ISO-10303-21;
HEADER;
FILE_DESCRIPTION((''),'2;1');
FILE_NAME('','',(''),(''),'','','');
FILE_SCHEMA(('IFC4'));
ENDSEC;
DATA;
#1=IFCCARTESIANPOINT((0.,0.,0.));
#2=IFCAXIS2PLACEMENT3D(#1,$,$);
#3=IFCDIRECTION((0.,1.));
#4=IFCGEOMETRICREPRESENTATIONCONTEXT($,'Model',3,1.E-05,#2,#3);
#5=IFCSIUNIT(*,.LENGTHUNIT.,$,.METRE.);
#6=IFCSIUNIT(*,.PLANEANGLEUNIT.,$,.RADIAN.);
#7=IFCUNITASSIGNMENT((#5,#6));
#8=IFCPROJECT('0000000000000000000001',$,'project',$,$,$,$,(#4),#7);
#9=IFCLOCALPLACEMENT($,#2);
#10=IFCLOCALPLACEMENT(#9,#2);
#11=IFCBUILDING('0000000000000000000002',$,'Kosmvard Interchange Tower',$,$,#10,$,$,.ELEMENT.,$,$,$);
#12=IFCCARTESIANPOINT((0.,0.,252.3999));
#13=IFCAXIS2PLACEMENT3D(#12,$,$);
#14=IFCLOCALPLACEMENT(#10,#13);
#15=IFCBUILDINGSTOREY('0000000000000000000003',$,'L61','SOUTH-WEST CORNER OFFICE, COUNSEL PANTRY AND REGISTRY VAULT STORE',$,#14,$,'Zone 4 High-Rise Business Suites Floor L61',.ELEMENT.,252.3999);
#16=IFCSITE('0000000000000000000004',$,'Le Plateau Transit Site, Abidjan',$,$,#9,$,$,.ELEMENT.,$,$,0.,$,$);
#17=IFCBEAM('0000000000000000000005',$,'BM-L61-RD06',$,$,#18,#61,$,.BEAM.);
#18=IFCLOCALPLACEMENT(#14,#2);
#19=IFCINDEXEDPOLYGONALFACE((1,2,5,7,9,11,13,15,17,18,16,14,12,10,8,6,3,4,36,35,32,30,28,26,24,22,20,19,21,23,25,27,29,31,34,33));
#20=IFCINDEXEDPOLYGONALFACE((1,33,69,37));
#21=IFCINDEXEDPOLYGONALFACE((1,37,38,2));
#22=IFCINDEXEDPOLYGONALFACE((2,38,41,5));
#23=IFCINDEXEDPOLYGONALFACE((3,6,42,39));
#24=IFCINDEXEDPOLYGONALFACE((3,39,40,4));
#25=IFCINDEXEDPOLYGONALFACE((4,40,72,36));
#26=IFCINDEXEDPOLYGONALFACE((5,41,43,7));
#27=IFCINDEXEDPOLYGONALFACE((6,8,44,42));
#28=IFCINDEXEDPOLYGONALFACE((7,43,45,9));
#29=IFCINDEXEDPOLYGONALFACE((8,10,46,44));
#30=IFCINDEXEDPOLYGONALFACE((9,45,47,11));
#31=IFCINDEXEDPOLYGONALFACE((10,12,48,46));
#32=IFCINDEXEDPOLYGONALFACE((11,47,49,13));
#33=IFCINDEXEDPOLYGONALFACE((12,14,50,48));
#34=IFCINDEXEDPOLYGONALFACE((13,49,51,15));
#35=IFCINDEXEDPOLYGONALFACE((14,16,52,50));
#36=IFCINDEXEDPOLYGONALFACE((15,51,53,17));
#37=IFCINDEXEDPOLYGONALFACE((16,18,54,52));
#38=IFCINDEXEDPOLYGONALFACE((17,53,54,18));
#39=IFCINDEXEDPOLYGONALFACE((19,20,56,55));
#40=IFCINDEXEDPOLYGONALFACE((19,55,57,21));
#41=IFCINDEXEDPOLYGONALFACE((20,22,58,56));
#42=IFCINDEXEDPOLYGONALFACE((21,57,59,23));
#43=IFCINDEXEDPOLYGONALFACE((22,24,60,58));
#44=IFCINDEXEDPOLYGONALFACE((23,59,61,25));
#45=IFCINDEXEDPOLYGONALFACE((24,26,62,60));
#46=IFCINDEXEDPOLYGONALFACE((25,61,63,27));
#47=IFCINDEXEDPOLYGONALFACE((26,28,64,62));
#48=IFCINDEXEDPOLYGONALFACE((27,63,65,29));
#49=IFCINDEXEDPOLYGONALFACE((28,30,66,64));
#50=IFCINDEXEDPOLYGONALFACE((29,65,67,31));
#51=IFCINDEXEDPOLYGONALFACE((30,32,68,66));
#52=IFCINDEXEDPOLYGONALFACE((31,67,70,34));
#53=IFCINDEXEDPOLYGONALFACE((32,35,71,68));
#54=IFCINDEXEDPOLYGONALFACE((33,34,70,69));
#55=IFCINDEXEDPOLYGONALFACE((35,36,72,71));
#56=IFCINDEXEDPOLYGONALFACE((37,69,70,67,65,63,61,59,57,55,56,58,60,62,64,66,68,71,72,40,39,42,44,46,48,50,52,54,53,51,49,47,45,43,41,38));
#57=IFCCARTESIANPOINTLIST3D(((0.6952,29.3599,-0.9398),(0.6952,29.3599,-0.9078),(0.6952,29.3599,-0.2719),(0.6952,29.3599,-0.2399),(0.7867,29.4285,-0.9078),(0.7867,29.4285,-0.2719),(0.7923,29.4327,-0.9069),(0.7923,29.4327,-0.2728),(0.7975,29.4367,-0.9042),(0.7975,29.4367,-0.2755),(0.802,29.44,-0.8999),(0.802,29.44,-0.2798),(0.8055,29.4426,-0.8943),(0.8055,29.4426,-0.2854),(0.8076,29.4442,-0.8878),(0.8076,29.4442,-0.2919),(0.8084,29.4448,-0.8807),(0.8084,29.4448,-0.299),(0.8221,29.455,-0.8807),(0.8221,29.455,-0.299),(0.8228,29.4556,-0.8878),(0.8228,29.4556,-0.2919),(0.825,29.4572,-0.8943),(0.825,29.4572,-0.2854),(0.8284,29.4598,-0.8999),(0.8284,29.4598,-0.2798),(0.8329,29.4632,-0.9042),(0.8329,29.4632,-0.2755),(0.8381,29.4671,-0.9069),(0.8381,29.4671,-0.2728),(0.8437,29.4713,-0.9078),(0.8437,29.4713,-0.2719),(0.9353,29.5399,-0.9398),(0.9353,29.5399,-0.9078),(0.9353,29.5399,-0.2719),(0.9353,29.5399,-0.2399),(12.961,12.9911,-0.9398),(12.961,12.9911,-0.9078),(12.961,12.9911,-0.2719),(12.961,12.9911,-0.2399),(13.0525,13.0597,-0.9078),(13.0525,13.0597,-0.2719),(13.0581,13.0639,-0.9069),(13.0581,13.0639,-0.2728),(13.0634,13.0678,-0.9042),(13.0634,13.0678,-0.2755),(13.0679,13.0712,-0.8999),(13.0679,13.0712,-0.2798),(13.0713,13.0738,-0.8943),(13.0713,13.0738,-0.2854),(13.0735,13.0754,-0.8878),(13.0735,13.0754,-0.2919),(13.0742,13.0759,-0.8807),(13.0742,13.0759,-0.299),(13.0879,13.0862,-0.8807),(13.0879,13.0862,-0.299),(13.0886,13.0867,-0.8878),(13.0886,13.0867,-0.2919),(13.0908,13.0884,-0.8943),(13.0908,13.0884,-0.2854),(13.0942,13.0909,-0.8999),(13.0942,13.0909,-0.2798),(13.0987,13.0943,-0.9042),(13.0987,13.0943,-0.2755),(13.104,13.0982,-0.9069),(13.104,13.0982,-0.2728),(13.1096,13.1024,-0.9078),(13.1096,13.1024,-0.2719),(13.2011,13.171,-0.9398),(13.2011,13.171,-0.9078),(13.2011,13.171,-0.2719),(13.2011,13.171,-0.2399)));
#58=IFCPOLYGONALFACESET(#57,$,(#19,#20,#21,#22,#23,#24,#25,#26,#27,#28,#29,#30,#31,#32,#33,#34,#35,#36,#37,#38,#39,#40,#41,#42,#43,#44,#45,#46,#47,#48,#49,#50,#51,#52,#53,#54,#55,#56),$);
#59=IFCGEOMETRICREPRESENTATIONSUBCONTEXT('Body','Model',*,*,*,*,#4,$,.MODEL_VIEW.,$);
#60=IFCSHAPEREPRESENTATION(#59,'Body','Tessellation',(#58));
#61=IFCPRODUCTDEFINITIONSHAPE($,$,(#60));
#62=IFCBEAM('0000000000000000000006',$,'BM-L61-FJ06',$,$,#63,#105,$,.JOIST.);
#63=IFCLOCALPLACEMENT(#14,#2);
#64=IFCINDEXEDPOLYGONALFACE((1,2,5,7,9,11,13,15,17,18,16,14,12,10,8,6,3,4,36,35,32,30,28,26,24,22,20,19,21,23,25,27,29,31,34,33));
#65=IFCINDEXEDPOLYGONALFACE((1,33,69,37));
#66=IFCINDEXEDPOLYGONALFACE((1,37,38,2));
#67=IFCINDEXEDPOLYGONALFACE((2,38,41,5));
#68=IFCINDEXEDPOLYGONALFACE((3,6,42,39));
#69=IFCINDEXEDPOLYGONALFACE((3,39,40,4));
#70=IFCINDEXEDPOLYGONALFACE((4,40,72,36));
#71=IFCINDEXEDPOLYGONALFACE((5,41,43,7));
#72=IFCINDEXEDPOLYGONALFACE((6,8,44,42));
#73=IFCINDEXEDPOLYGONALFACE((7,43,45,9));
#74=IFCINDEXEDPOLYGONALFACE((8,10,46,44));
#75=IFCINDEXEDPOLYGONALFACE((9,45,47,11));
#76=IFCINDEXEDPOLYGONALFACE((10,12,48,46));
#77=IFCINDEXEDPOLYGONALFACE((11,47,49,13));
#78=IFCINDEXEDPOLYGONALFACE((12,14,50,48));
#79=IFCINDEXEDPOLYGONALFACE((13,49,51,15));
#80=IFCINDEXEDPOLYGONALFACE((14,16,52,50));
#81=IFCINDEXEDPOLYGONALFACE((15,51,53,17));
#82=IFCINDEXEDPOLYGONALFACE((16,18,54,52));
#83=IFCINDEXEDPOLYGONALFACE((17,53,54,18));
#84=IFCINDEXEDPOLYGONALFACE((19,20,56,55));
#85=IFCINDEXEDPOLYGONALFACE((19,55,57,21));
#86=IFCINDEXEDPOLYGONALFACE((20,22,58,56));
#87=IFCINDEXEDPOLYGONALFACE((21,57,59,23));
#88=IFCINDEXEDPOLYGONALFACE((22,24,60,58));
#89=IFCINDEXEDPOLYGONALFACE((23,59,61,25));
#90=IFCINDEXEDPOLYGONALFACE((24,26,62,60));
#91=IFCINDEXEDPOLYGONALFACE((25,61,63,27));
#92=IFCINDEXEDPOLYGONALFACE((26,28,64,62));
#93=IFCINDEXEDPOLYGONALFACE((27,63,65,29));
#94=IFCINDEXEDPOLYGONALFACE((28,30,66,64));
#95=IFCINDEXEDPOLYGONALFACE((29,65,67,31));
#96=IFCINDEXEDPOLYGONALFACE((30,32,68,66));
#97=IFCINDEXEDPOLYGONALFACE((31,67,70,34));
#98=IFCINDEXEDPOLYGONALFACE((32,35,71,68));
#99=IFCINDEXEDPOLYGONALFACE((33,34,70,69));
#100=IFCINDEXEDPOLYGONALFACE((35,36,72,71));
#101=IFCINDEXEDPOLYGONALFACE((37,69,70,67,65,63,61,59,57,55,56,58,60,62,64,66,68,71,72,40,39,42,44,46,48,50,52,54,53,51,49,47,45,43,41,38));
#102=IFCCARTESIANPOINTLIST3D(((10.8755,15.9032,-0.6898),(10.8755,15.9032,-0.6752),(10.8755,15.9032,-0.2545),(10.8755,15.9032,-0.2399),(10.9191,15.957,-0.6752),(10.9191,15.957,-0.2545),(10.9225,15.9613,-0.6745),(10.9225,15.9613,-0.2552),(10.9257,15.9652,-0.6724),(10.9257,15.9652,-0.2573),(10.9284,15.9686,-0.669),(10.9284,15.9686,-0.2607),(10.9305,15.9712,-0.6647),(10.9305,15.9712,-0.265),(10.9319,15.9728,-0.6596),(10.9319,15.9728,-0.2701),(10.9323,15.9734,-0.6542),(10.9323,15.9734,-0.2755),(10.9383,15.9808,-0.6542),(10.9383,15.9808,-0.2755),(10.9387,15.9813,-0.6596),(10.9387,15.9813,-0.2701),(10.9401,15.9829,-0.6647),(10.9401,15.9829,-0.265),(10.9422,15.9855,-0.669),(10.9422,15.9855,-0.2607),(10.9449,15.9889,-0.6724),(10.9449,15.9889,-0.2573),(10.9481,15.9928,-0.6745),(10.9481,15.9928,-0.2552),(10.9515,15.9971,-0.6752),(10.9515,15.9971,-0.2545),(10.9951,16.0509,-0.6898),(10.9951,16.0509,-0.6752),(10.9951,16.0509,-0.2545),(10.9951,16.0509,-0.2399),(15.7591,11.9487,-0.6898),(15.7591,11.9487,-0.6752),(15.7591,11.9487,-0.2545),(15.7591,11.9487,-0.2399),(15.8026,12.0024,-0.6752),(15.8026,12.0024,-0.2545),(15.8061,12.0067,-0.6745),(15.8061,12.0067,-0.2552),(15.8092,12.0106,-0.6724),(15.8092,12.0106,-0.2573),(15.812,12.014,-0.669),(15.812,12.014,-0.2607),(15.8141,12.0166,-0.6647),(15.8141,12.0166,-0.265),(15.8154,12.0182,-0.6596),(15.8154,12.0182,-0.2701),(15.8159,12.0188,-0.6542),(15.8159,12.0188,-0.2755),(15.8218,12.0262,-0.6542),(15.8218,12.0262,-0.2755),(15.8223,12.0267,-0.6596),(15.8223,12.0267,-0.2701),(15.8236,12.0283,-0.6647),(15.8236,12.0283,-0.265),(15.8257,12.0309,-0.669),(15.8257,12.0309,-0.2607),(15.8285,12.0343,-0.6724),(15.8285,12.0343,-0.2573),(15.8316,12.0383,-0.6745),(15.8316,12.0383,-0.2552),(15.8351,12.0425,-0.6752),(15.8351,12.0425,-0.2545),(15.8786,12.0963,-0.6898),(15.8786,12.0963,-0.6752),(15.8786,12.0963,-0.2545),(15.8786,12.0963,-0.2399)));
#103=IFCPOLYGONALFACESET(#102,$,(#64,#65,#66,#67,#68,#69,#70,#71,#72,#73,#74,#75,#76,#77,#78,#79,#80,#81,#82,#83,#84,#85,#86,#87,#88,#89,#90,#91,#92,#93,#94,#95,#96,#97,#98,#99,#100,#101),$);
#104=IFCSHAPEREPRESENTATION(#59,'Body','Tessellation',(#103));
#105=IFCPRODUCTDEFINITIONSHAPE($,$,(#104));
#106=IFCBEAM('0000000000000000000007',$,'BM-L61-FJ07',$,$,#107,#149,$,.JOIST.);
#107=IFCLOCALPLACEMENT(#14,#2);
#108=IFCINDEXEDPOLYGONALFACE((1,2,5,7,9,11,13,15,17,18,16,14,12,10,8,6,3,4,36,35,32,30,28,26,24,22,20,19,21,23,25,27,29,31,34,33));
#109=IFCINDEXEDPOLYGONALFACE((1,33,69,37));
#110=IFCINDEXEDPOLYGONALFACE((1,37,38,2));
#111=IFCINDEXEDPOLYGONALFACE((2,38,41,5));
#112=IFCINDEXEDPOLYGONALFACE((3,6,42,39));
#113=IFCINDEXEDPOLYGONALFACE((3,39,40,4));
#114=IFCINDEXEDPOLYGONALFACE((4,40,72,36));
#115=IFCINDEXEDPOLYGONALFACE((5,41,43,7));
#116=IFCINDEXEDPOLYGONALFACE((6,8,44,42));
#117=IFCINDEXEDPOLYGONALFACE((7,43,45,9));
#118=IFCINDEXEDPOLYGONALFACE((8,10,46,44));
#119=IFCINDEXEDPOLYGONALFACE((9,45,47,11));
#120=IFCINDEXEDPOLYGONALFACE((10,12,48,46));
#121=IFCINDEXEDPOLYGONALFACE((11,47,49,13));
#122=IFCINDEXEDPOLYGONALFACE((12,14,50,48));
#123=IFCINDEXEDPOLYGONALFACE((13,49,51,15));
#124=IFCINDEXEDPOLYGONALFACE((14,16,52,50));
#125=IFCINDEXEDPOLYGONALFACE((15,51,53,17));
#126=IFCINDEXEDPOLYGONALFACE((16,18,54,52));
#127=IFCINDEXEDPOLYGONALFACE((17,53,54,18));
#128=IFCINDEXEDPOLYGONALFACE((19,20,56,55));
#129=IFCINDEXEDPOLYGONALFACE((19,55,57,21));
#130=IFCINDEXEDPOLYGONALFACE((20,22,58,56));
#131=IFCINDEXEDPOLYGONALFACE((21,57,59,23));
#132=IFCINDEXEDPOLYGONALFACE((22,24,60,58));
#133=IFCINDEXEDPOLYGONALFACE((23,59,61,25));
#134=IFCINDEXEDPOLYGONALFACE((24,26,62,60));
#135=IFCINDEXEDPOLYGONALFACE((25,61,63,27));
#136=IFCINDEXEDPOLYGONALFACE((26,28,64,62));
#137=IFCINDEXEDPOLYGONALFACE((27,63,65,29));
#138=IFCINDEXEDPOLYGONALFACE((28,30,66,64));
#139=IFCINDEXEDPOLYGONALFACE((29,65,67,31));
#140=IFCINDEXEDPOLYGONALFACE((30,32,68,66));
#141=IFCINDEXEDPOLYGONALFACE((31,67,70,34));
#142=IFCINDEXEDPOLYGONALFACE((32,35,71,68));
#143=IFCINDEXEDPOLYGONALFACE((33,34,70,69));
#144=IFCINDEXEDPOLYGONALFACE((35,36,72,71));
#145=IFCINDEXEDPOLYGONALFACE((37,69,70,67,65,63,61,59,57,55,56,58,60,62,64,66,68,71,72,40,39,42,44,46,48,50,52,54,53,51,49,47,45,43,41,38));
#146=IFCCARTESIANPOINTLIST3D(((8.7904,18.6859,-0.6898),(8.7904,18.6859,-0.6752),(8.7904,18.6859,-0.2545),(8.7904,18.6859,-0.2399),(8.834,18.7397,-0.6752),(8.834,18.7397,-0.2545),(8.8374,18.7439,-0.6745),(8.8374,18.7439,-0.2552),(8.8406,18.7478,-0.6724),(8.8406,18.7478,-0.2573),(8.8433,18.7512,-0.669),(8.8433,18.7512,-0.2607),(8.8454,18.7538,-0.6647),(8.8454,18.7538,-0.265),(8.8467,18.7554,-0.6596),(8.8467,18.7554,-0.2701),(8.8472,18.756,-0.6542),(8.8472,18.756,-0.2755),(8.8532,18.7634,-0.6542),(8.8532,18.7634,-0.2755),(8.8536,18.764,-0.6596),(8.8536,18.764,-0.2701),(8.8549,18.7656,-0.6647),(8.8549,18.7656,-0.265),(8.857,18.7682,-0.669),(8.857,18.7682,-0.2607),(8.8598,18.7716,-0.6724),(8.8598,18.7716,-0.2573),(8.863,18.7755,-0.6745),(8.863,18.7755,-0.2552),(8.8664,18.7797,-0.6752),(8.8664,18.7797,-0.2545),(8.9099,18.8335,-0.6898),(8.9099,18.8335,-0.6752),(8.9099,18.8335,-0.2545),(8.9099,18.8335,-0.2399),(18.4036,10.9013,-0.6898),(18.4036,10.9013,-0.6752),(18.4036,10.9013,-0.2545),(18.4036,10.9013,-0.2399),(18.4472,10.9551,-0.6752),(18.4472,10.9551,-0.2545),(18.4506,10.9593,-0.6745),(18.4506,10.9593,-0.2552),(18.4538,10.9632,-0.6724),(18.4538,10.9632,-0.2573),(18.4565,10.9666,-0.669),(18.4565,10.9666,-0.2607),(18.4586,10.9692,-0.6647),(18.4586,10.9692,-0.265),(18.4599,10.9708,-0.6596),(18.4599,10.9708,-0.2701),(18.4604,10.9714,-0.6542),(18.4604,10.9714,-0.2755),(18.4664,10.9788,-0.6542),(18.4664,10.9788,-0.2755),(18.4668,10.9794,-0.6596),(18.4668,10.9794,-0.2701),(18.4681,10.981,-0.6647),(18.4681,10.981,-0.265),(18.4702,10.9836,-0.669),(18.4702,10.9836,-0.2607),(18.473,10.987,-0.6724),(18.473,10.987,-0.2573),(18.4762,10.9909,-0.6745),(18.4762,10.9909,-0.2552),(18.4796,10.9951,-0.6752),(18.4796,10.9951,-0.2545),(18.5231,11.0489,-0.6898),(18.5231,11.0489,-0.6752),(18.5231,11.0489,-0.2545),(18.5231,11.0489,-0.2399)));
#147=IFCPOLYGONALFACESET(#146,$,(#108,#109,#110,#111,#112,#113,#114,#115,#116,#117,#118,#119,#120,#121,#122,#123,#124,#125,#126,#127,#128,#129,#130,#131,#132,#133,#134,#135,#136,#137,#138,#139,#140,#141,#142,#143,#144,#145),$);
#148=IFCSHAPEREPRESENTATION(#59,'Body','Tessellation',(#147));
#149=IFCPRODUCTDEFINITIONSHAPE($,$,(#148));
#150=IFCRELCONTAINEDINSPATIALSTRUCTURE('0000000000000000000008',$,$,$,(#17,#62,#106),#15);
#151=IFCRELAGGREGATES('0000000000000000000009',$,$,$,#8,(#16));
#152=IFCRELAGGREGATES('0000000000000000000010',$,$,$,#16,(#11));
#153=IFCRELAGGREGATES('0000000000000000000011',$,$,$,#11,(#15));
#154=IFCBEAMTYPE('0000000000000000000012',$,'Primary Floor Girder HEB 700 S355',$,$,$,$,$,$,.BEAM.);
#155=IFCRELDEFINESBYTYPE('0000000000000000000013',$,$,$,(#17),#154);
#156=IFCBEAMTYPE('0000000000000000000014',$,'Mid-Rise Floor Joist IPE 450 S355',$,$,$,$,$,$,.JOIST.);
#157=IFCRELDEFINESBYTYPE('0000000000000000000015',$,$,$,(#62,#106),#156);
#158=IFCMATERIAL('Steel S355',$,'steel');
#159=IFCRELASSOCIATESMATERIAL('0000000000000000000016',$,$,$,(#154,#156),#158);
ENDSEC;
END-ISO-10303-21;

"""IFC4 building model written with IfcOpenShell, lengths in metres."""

from ifc_helpers import new_model, si_unit, direction, frame, origin, origin_2d, place, context, subcontext, project, spatial, i_section, extrude, source, transform, mapped, material, material_profile, profile_set, type_object, element, save


model = new_model("IFC4")

# Units and contexts
model_context = context("Model", 3, precision=1e-05, world=origin(), true_north=direction((0.0, 1.0)))
body_context = subcontext(model_context, "Body", "Model", "MODEL_VIEW")
ifc_project = project(units=[si_unit("LENGTHUNIT", "METRE"), si_unit("PLANEANGLEUNIT", "RADIAN")], contexts=[model_context])

# Site, building, storey
site_placement = place(None, origin())
site = spatial("IfcSite", under=ifc_project, at=site_placement, Name="Le Plateau Transit Site, Abidjan", CompositionType="ELEMENT", RefElevation=0.0)
building_placement = place(site_placement, origin())
building = spatial("IfcBuilding", under=site, at=building_placement, Name="Kosmvard Interchange Tower", CompositionType="ELEMENT")
storey_placement = place(building_placement, frame((0.0, 0.0, 252.3999)))
storey = spatial("IfcBuildingStorey", under=building, at=storey_placement, Name="L61", Description="SOUTH-WEST CORNER OFFICE, COUNSEL PANTRY AND REGISTRY VAULT STORE", LongName="Zone 4 High-Rise Business Suites Floor L61", CompositionType="ELEMENT", Elevation=252.3999)

# Beams
ifc_material_1 = material(Name="Steel S355", Category="steel")
ifc_material_profile_1 = material_profile(ifc_material_1, i_section(OverallWidth=0.3, OverallDepth=0.7, WebThickness=0.0171, FlangeThickness=0.032, FilletRadius=0.0271, at=origin_2d()), Name="HEB 700")
ifc_profile_set_1 = profile_set([ifc_material_profile_1], Name="Steel S355")
beam_type_1 = type_object("IfcBeamType", Name="Primary Floor Girder HEB 700 S355", PredefinedType="BEAM", material=ifc_profile_set_1)
shared_shape_1 = source(origin(), body_context, "Body", "SweptSolid", [
    extrude(i_section(OverallWidth=0.3, OverallDepth=0.7, WebThickness=0.0171, FlangeThickness=0.032, FilletRadius=0.0271, at=origin_2d()), origin(), (0.0, 0.0, 1.0), 20.4546),
])
beam_1_placement = place(storey_placement, frame((13.0811, 13.0811, -0.5898), z_axis=(-0.599662, 0.800253, 0.0), x_axis=(-0.800253, -0.599662, 0.0)))
element("IfcBeam", 1, at=beam_1_placement, inside=storey, type_object=beam_type_1, Name="BM-L61-RD06", PredefinedType="BEAM", context=body_context, shape_type="MappedRepresentation", body=[
    mapped(shared_shape_1, transform((0.0, 0.0, 0.0), scale=1.0)),
])
ifc_material_profile_2 = material_profile(ifc_material_1, i_section(OverallWidth=0.1899, OverallDepth=0.45, WebThickness=0.0095, FlangeThickness=0.0146, FilletRadius=0.021, at=origin_2d()), Name="IPE 450")
ifc_profile_set_2 = profile_set([ifc_material_profile_2], Name="Steel S355")
beam_type_2 = type_object("IfcBeamType", Name="Mid-Rise Floor Joist IPE 450 S355", PredefinedType="JOIST", material=ifc_profile_set_2)
shared_shape_2 = source(origin(), body_context, "Body", "SweptSolid", [
    extrude(i_section(OverallWidth=0.1899, OverallDepth=0.45, WebThickness=0.0095, FlangeThickness=0.0146, FilletRadius=0.021, at=origin_2d()), origin(), (0.0, 0.0, 1.0), 6.2839),
])
beam_2_placement = place(storey_placement, frame((15.8188, 12.0225, -0.4648), z_axis=(-0.777148, 0.629318, 0.0), x_axis=(-0.629318, -0.777148, 0.0)))
element("IfcBeam", 2, at=beam_2_placement, inside=storey, type_object=beam_type_2, Name="BM-L61-FJ06", PredefinedType="JOIST", context=body_context, shape_type="MappedRepresentation", body=[
    mapped(shared_shape_2, transform((0.0, 0.0, 0.0), scale=1.0)),
])
shared_shape_3 = source(origin(), body_context, "Body", "SweptSolid", [
    extrude(i_section(OverallWidth=0.1899, OverallDepth=0.45, WebThickness=0.0095, FlangeThickness=0.0146, FilletRadius=0.021, at=origin_2d()), origin(), (0.0, 0.0, 1.0), 12.3699),
])
beam_3_placement = place(storey_placement, frame((18.4634, 10.9751, -0.4648), z_axis=(-0.777147, 0.62932, 0.0), x_axis=(-0.62932, -0.777147, 0.0)))
element("IfcBeam", 3, at=beam_3_placement, inside=storey, type_object=beam_type_2, Name="BM-L61-FJ07", PredefinedType="JOIST", context=body_context, shape_type="MappedRepresentation", body=[
    mapped(shared_shape_3, transform((0.0, 0.0, 0.0), scale=1.0)),
])

save(model, "model.ifc")
